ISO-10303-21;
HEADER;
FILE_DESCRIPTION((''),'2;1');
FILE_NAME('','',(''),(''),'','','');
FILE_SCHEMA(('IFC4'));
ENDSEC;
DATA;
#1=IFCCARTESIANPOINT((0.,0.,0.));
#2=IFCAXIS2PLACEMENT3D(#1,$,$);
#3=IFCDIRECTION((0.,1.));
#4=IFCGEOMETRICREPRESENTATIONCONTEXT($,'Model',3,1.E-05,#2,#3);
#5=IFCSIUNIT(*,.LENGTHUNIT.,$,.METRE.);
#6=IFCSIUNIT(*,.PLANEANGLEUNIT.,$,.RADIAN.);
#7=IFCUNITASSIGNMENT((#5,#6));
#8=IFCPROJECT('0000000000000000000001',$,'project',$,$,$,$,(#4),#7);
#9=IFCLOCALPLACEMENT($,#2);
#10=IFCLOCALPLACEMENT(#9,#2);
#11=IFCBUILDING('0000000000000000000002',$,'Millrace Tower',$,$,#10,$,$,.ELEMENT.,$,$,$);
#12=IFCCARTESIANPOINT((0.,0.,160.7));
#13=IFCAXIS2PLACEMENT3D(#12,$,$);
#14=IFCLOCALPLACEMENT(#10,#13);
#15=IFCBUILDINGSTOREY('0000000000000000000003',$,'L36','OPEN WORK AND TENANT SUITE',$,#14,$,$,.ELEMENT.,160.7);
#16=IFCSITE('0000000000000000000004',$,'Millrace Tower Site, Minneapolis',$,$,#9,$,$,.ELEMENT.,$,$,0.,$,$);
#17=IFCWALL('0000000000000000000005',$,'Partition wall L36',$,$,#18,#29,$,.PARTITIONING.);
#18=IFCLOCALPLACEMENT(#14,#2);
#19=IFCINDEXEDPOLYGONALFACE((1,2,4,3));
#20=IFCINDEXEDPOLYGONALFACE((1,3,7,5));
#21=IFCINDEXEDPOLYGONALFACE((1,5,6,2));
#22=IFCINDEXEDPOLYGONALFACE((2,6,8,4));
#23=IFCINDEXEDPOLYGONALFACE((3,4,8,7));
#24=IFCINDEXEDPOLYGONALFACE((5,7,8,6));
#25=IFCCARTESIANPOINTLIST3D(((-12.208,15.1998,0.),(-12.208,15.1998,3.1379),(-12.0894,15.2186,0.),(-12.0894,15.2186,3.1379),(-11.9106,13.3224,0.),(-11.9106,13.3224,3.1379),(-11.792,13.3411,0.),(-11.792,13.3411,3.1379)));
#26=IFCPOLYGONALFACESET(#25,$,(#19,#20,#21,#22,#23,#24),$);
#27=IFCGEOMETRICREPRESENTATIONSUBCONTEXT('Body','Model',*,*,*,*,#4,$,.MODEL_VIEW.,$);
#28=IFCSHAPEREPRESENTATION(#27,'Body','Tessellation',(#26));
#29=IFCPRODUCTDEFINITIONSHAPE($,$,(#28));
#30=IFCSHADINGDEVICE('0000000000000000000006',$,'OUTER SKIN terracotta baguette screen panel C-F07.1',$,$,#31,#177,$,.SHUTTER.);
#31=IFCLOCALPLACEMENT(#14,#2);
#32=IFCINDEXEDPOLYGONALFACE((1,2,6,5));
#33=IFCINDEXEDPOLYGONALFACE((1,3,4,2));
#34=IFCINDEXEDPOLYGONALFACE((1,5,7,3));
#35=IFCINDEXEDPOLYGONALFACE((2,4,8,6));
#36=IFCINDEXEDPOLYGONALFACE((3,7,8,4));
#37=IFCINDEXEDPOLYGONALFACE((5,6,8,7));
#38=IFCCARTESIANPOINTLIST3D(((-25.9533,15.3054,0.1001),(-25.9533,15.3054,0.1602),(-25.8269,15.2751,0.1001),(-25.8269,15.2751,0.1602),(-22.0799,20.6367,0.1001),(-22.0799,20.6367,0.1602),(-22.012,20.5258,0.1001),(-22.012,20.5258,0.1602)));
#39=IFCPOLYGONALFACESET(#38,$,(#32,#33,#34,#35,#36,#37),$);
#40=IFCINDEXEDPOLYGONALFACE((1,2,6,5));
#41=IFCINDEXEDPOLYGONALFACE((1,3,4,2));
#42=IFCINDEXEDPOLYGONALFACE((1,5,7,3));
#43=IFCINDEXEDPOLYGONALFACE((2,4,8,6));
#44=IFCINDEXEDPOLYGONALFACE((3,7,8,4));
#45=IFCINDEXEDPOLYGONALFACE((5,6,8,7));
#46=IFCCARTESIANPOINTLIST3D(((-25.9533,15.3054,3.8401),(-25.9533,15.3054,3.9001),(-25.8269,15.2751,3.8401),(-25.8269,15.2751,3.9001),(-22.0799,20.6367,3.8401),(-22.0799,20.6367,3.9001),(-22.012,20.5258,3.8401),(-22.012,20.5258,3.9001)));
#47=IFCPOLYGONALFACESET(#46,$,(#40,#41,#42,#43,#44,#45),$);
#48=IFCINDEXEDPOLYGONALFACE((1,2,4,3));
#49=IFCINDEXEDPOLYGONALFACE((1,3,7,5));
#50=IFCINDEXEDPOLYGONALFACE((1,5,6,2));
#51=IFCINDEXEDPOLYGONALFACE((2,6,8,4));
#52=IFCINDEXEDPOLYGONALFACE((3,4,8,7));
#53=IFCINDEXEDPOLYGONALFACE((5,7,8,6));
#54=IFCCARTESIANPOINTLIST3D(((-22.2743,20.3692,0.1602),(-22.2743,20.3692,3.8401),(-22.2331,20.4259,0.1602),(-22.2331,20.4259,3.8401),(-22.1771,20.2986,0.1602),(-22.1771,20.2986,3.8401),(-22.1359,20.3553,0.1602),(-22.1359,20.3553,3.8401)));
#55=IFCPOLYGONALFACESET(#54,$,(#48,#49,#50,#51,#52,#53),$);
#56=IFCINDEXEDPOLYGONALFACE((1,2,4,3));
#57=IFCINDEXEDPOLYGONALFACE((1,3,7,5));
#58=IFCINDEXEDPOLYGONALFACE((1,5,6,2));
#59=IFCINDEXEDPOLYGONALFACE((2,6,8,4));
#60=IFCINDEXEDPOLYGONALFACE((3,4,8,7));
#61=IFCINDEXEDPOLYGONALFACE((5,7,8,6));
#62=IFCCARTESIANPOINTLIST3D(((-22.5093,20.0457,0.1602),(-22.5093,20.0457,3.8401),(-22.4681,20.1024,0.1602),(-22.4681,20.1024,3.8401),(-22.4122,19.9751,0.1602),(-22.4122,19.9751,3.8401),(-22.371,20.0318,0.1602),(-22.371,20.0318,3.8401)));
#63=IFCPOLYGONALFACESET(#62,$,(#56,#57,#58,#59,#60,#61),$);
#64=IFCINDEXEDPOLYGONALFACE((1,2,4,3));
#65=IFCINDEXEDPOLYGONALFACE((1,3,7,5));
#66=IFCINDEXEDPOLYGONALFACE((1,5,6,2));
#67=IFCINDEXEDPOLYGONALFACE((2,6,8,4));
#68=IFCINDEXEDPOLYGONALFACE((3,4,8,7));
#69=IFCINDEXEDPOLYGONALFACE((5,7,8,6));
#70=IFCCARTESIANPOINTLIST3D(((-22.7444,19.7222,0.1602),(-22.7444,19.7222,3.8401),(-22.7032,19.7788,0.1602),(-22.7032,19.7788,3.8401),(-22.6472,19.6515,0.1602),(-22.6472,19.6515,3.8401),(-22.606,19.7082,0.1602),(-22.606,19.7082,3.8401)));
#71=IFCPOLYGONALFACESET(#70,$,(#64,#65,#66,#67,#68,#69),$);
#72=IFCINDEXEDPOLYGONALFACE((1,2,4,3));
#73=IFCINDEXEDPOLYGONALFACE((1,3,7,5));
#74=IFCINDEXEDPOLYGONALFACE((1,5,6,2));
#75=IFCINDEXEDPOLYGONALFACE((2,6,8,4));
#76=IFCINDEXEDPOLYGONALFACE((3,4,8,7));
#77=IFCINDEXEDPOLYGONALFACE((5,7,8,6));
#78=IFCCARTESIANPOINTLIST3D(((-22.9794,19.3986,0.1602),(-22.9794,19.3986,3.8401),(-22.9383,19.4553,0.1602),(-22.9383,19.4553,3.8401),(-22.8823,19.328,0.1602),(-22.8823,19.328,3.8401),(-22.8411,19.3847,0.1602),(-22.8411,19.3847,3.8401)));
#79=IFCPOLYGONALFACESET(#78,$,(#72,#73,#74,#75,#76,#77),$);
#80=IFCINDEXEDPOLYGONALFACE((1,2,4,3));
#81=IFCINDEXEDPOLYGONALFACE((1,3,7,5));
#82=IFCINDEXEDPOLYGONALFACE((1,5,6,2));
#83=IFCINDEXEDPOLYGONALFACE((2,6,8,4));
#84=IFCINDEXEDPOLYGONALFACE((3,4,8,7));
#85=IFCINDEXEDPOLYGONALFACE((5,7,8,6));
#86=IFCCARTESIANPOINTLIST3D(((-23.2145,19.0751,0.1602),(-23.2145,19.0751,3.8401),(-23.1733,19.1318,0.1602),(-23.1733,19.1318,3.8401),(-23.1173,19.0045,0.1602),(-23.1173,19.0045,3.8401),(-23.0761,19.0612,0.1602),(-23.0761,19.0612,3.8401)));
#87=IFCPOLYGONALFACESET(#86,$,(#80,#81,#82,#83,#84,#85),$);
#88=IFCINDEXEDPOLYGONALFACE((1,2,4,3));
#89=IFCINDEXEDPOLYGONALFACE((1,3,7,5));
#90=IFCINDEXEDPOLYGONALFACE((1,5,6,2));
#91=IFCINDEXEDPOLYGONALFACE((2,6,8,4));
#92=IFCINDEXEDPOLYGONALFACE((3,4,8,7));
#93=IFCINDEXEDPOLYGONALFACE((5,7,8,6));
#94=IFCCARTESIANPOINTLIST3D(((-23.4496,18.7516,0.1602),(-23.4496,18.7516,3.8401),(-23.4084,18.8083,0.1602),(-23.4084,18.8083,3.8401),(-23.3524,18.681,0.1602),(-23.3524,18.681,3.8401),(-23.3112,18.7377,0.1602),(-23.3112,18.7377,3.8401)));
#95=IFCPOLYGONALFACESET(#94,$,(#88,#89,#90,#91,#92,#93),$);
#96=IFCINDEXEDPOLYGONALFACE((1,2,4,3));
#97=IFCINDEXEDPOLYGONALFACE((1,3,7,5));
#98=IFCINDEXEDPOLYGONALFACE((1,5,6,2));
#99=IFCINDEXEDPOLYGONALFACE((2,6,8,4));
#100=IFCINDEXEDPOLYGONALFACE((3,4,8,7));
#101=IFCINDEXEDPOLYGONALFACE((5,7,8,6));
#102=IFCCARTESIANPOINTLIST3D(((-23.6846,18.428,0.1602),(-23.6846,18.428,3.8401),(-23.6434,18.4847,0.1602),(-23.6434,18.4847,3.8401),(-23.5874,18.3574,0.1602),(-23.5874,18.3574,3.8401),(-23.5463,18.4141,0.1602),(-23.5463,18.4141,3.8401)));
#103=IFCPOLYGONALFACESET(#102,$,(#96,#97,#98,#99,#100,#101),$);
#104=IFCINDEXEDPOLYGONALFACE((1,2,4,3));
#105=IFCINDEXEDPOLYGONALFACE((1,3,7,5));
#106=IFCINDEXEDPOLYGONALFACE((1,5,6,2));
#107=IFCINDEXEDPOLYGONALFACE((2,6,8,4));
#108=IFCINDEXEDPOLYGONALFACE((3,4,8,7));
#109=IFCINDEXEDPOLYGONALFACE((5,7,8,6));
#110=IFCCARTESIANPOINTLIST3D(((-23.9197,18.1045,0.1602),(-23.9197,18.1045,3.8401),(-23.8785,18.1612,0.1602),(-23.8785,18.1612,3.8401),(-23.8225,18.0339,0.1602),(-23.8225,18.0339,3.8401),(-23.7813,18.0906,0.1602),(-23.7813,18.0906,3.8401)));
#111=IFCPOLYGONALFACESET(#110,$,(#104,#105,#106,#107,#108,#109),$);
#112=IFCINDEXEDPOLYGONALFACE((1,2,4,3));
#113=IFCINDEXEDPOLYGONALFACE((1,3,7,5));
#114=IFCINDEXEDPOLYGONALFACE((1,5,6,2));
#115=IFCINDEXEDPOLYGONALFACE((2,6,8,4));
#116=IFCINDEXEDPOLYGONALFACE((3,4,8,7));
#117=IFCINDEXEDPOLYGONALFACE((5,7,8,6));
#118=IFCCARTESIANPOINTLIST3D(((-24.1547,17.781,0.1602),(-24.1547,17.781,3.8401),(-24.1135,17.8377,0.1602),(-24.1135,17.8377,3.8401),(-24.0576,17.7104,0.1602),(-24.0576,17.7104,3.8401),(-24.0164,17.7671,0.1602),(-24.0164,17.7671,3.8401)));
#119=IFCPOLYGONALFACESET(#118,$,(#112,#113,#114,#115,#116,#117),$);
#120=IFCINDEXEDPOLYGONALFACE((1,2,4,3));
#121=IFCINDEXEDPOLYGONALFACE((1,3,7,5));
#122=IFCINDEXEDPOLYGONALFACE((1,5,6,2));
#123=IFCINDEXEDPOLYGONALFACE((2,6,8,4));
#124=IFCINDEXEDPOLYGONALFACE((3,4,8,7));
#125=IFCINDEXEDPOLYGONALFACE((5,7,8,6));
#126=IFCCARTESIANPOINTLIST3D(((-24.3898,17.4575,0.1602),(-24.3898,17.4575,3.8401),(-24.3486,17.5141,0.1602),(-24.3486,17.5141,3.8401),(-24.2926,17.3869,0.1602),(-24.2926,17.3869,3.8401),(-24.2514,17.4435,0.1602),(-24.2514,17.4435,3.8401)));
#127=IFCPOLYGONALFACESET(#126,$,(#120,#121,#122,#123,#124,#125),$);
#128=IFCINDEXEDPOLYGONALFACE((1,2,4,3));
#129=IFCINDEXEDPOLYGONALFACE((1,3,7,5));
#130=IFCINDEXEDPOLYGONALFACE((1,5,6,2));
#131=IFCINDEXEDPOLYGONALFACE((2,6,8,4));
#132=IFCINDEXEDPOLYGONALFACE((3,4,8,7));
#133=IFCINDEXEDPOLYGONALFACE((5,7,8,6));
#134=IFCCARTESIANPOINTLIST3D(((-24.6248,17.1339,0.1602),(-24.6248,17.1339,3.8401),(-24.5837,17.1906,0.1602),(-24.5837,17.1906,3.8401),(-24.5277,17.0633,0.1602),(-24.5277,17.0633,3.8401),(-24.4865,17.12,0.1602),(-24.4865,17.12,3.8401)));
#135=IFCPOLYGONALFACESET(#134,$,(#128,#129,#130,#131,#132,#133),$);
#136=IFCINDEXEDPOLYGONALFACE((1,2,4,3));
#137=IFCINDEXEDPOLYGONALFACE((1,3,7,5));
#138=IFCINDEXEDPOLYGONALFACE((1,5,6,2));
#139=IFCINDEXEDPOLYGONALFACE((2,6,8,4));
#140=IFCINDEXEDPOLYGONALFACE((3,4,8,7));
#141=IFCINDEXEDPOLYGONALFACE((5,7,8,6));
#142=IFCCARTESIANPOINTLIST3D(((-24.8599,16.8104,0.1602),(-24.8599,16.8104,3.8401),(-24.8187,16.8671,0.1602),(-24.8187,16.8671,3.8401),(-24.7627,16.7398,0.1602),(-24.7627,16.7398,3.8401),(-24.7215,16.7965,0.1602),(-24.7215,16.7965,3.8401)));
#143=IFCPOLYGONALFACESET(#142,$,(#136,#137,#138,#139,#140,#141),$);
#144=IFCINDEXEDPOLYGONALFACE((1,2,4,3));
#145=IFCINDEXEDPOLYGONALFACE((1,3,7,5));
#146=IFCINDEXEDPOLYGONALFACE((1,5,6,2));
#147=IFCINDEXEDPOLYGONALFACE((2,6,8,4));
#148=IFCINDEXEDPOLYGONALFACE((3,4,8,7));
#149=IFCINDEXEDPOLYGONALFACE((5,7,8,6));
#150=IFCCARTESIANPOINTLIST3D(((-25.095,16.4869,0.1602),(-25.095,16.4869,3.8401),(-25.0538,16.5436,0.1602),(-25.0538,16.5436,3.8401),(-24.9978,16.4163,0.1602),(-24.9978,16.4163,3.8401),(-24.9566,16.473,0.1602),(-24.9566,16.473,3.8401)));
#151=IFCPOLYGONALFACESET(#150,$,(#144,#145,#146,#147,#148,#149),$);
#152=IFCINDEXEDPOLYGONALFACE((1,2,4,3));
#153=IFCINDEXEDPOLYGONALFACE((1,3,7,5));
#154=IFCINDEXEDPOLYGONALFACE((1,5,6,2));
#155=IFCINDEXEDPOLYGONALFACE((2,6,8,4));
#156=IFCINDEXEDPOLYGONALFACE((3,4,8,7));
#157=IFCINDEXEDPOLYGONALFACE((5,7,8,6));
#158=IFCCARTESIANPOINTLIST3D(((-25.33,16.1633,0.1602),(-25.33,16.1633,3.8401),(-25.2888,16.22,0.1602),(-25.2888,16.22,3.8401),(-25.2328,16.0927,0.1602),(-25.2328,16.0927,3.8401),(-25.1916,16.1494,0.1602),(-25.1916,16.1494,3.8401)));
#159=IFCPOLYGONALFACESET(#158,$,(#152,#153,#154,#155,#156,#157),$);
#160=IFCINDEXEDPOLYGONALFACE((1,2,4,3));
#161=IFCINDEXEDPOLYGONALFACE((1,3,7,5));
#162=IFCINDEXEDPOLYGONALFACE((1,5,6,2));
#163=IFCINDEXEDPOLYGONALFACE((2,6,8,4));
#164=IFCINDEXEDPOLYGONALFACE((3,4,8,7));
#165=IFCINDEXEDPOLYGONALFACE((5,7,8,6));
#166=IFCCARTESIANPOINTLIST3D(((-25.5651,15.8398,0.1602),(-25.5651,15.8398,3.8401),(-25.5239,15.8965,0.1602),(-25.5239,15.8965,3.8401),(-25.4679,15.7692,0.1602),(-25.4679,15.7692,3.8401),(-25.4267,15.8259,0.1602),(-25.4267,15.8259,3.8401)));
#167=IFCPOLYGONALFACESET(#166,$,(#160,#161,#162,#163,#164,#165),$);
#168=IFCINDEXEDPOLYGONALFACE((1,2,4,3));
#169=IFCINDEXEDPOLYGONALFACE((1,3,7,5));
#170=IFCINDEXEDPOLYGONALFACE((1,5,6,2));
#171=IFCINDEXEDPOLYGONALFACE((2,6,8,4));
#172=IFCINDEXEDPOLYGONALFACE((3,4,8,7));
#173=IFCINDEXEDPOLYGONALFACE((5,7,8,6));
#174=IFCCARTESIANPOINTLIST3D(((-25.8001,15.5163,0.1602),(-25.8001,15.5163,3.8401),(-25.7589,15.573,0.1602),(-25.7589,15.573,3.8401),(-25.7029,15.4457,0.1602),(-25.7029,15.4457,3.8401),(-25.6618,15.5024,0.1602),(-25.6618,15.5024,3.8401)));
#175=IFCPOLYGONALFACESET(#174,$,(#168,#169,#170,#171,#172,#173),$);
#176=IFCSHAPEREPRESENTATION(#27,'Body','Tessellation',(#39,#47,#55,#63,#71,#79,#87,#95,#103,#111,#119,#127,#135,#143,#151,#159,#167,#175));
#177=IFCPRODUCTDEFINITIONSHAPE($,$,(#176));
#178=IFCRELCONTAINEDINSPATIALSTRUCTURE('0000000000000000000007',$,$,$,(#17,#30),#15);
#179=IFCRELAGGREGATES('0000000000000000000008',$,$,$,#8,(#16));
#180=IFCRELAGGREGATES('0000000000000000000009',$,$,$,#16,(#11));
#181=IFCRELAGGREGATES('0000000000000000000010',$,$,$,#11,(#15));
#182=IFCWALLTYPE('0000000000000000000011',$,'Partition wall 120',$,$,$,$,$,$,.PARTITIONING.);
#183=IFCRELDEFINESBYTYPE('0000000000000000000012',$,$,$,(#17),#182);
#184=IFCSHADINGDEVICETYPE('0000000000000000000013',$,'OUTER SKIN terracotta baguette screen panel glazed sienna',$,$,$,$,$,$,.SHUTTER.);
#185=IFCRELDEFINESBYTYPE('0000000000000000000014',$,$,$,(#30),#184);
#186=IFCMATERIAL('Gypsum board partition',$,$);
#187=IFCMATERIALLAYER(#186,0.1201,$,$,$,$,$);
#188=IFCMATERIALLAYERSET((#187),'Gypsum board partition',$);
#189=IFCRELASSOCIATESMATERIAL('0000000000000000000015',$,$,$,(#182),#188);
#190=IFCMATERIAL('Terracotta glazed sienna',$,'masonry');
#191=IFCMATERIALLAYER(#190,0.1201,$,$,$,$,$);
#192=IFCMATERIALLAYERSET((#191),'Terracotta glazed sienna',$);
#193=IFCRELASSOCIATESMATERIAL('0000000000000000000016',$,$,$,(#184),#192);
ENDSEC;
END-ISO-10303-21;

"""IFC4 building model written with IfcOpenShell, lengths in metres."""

from ifc_helpers import new_model, entity, si_unit, direction, frame, frame_2d, origin, place, context, subcontext, project, spatial, rectangle, extrude, source, transform, mapped, material, layer, layer_set, type_object, element, save


model = new_model("IFC4")

# Units and contexts
model_context = context("Model", 3, precision=1e-05, world=origin(), true_north=direction((0.0, 1.0)))
body_context = subcontext(model_context, "Body", "Model", "MODEL_VIEW")
ifc_project = project(units=[si_unit("LENGTHUNIT", "METRE"), si_unit("PLANEANGLEUNIT", "RADIAN")], contexts=[model_context])

# Site, building, storey
site_placement = place(None, origin())
site = spatial("IfcSite", under=ifc_project, at=site_placement, Name="Millrace Tower Site, Minneapolis", CompositionType="ELEMENT", RefElevation=0.0)
building_placement = place(site_placement, origin())
building = spatial("IfcBuilding", under=site, at=building_placement, Name="Millrace Tower", CompositionType="ELEMENT")
storey_placement = place(building_placement, frame((0.0, 0.0, 160.7)))
storey = spatial("IfcBuildingStorey", under=building, at=storey_placement, Name="L36", Description="OPEN WORK AND TENANT SUITE", CompositionType="ELEMENT", Elevation=160.7)

# Wall
ifc_material_1 = material(Name="Gypsum board partition")
ifc_layer_1 = layer(ifc_material_1, 0.1201)
ifc_layer_set_1 = layer_set([ifc_layer_1], Name="Gypsum board partition")
wall_type_1 = type_object("IfcWallType", Name="Partition wall 120", PredefinedType="PARTITIONING", material=ifc_layer_set_1)
wall_1_placement = place(storey_placement, frame((-12.1487, 15.2092, 0.0), z_axis=(0.0, 0.0, 1.0), x_axis=(0.156437, -0.987688, 0.0)))
element("IfcWall", 1, at=wall_1_placement, inside=storey, type_object=wall_type_1, Name="Partition wall L36", PredefinedType="PARTITIONING", context=body_context, shape_type="SweptSolid", body=[
    extrude(rectangle(XDim=1.9009, YDim=0.1201, at=frame_2d((0.9504, 0.0))), origin(), (0.0, 0.0, 1.0), 3.1379),
])

# Shading device
ifc_material_2 = material(Name="Terracotta glazed sienna", Category="masonry")
ifc_layer_2 = layer(ifc_material_2, 0.1201)
ifc_layer_set_2 = layer_set([ifc_layer_2], Name="Terracotta glazed sienna")
shading_device_type = type_object("IfcShadingDeviceType", Name="OUTER SKIN terracotta baguette screen panel glazed sienna", PredefinedType="SHUTTER", material=ifc_layer_set_2)
cartesian_point_1 = entity("IfcCartesianPoint", [-3.2451, 0.0601])
shared_polyline_1 = entity("IfcPolyline", [cartesian_point_1, entity("IfcCartesianPoint", [3.2451, 0.0601]), entity("IfcCartesianPoint", [3.2949, -0.0601]), entity("IfcCartesianPoint", [-3.2949, -0.0601]), cartesian_point_1])
shared_shape_1 = source(origin(), body_context, "Body", "SweptSolid", [
    entity("IfcExtrudedAreaSolid", entity("IfcArbitraryClosedProfileDef", "AREA", None, shared_polyline_1), entity("IfcAxis2Placement3D", entity("IfcCartesianPoint", [0.0, 0.0, 0.0])), entity("IfcDirection", [0.0, 0.0, 1.0]), 0.0601),
    entity("IfcExtrudedAreaSolid", entity("IfcArbitraryClosedProfileDef", "AREA", None, shared_polyline_1), entity("IfcAxis2Placement3D", entity("IfcCartesianPoint", [0.0, 0.0, 3.74])), entity("IfcDirection", [0.0, 0.0, 1.0]), 0.0601),
    extrude(rectangle(XDim=0.0701, YDim=0.1201, at=frame_2d((-2.9993, 0.0))), frame((0.0, 0.0, 0.0601)), (0.0, 0.0, 1.0), 3.6799),
    extrude(rectangle(XDim=0.0701, YDim=0.1201, at=frame_2d((-2.5994, 0.0))), frame((0.0, 0.0, 0.0601)), (0.0, 0.0, 1.0), 3.6799),
    extrude(rectangle(XDim=0.0701, YDim=0.1201, at=frame_2d((-2.1995, 0.0))), frame((0.0, 0.0, 0.0601)), (0.0, 0.0, 1.0), 3.6799),
    extrude(rectangle(XDim=0.0701, YDim=0.1201, at=frame_2d((-1.7996, 0.0))), frame((0.0, 0.0, 0.0601)), (0.0, 0.0, 1.0), 3.6799),
    extrude(rectangle(XDim=0.0701, YDim=0.1201, at=frame_2d((-1.3997, 0.0))), frame((0.0, 0.0, 0.0601)), (0.0, 0.0, 1.0), 3.6799),
    extrude(rectangle(XDim=0.0701, YDim=0.1201, at=frame_2d((-0.9998, 0.0))), frame((0.0, 0.0, 0.0601)), (0.0, 0.0, 1.0), 3.6799),
    extrude(rectangle(XDim=0.0701, YDim=0.1201, at=frame_2d((-0.5999, 0.0))), frame((0.0, 0.0, 0.0601)), (0.0, 0.0, 1.0), 3.6799),
    extrude(rectangle(XDim=0.0701, YDim=0.1201, at=frame_2d((-0.2, 0.0))), frame((0.0, 0.0, 0.0601)), (0.0, 0.0, 1.0), 3.6799),
    extrude(rectangle(XDim=0.0701, YDim=0.1201, at=frame_2d((0.2, 0.0))), frame((0.0, 0.0, 0.0601)), (0.0, 0.0, 1.0), 3.6799),
    extrude(rectangle(XDim=0.0701, YDim=0.1201, at=frame_2d((0.5999, 0.0))), frame((0.0, 0.0, 0.0601)), (0.0, 0.0, 1.0), 3.6799),
    extrude(rectangle(XDim=0.0701, YDim=0.1201, at=frame_2d((0.9998, 0.0))), frame((0.0, 0.0, 0.0601)), (0.0, 0.0, 1.0), 3.6799),
    extrude(rectangle(XDim=0.0701, YDim=0.1201, at=frame_2d((1.3997, 0.0))), frame((0.0, 0.0, 0.0601)), (0.0, 0.0, 1.0), 3.6799),
    extrude(rectangle(XDim=0.0701, YDim=0.1201, at=frame_2d((1.7996, 0.0))), frame((0.0, 0.0, 0.0601)), (0.0, 0.0, 1.0), 3.6799),
    extrude(rectangle(XDim=0.0701, YDim=0.1201, at=frame_2d((2.1995, 0.0))), frame((0.0, 0.0, 0.0601)), (0.0, 0.0, 1.0), 3.6799),
    extrude(rectangle(XDim=0.0701, YDim=0.1201, at=frame_2d((2.5994, 0.0))), frame((0.0, 0.0, 0.0601)), (0.0, 0.0, 1.0), 3.6799),
    extrude(rectangle(XDim=0.0701, YDim=0.1201, at=frame_2d((2.9993, 0.0))), frame((0.0, 0.0, 0.0601)), (0.0, 0.0, 1.0), 3.6799),
])
shading_device_1_placement = place(storey_placement, frame((-23.968, 17.9358, 0.1001), z_axis=(0.0, 0.0, 1.0), x_axis=(-0.587785, -0.809017, 0.0)))
element("IfcShadingDevice", 2, at=shading_device_1_placement, inside=storey, type_object=shading_device_type, Name="OUTER SKIN terracotta baguette screen panel C-F07.1", PredefinedType="SHUTTER", context=body_context, shape_type="MappedRepresentation", body=[
    mapped(shared_shape_1, transform((0.0, 0.0, 0.0), scale=1.0)),
])

save(model, "model.ifc")
